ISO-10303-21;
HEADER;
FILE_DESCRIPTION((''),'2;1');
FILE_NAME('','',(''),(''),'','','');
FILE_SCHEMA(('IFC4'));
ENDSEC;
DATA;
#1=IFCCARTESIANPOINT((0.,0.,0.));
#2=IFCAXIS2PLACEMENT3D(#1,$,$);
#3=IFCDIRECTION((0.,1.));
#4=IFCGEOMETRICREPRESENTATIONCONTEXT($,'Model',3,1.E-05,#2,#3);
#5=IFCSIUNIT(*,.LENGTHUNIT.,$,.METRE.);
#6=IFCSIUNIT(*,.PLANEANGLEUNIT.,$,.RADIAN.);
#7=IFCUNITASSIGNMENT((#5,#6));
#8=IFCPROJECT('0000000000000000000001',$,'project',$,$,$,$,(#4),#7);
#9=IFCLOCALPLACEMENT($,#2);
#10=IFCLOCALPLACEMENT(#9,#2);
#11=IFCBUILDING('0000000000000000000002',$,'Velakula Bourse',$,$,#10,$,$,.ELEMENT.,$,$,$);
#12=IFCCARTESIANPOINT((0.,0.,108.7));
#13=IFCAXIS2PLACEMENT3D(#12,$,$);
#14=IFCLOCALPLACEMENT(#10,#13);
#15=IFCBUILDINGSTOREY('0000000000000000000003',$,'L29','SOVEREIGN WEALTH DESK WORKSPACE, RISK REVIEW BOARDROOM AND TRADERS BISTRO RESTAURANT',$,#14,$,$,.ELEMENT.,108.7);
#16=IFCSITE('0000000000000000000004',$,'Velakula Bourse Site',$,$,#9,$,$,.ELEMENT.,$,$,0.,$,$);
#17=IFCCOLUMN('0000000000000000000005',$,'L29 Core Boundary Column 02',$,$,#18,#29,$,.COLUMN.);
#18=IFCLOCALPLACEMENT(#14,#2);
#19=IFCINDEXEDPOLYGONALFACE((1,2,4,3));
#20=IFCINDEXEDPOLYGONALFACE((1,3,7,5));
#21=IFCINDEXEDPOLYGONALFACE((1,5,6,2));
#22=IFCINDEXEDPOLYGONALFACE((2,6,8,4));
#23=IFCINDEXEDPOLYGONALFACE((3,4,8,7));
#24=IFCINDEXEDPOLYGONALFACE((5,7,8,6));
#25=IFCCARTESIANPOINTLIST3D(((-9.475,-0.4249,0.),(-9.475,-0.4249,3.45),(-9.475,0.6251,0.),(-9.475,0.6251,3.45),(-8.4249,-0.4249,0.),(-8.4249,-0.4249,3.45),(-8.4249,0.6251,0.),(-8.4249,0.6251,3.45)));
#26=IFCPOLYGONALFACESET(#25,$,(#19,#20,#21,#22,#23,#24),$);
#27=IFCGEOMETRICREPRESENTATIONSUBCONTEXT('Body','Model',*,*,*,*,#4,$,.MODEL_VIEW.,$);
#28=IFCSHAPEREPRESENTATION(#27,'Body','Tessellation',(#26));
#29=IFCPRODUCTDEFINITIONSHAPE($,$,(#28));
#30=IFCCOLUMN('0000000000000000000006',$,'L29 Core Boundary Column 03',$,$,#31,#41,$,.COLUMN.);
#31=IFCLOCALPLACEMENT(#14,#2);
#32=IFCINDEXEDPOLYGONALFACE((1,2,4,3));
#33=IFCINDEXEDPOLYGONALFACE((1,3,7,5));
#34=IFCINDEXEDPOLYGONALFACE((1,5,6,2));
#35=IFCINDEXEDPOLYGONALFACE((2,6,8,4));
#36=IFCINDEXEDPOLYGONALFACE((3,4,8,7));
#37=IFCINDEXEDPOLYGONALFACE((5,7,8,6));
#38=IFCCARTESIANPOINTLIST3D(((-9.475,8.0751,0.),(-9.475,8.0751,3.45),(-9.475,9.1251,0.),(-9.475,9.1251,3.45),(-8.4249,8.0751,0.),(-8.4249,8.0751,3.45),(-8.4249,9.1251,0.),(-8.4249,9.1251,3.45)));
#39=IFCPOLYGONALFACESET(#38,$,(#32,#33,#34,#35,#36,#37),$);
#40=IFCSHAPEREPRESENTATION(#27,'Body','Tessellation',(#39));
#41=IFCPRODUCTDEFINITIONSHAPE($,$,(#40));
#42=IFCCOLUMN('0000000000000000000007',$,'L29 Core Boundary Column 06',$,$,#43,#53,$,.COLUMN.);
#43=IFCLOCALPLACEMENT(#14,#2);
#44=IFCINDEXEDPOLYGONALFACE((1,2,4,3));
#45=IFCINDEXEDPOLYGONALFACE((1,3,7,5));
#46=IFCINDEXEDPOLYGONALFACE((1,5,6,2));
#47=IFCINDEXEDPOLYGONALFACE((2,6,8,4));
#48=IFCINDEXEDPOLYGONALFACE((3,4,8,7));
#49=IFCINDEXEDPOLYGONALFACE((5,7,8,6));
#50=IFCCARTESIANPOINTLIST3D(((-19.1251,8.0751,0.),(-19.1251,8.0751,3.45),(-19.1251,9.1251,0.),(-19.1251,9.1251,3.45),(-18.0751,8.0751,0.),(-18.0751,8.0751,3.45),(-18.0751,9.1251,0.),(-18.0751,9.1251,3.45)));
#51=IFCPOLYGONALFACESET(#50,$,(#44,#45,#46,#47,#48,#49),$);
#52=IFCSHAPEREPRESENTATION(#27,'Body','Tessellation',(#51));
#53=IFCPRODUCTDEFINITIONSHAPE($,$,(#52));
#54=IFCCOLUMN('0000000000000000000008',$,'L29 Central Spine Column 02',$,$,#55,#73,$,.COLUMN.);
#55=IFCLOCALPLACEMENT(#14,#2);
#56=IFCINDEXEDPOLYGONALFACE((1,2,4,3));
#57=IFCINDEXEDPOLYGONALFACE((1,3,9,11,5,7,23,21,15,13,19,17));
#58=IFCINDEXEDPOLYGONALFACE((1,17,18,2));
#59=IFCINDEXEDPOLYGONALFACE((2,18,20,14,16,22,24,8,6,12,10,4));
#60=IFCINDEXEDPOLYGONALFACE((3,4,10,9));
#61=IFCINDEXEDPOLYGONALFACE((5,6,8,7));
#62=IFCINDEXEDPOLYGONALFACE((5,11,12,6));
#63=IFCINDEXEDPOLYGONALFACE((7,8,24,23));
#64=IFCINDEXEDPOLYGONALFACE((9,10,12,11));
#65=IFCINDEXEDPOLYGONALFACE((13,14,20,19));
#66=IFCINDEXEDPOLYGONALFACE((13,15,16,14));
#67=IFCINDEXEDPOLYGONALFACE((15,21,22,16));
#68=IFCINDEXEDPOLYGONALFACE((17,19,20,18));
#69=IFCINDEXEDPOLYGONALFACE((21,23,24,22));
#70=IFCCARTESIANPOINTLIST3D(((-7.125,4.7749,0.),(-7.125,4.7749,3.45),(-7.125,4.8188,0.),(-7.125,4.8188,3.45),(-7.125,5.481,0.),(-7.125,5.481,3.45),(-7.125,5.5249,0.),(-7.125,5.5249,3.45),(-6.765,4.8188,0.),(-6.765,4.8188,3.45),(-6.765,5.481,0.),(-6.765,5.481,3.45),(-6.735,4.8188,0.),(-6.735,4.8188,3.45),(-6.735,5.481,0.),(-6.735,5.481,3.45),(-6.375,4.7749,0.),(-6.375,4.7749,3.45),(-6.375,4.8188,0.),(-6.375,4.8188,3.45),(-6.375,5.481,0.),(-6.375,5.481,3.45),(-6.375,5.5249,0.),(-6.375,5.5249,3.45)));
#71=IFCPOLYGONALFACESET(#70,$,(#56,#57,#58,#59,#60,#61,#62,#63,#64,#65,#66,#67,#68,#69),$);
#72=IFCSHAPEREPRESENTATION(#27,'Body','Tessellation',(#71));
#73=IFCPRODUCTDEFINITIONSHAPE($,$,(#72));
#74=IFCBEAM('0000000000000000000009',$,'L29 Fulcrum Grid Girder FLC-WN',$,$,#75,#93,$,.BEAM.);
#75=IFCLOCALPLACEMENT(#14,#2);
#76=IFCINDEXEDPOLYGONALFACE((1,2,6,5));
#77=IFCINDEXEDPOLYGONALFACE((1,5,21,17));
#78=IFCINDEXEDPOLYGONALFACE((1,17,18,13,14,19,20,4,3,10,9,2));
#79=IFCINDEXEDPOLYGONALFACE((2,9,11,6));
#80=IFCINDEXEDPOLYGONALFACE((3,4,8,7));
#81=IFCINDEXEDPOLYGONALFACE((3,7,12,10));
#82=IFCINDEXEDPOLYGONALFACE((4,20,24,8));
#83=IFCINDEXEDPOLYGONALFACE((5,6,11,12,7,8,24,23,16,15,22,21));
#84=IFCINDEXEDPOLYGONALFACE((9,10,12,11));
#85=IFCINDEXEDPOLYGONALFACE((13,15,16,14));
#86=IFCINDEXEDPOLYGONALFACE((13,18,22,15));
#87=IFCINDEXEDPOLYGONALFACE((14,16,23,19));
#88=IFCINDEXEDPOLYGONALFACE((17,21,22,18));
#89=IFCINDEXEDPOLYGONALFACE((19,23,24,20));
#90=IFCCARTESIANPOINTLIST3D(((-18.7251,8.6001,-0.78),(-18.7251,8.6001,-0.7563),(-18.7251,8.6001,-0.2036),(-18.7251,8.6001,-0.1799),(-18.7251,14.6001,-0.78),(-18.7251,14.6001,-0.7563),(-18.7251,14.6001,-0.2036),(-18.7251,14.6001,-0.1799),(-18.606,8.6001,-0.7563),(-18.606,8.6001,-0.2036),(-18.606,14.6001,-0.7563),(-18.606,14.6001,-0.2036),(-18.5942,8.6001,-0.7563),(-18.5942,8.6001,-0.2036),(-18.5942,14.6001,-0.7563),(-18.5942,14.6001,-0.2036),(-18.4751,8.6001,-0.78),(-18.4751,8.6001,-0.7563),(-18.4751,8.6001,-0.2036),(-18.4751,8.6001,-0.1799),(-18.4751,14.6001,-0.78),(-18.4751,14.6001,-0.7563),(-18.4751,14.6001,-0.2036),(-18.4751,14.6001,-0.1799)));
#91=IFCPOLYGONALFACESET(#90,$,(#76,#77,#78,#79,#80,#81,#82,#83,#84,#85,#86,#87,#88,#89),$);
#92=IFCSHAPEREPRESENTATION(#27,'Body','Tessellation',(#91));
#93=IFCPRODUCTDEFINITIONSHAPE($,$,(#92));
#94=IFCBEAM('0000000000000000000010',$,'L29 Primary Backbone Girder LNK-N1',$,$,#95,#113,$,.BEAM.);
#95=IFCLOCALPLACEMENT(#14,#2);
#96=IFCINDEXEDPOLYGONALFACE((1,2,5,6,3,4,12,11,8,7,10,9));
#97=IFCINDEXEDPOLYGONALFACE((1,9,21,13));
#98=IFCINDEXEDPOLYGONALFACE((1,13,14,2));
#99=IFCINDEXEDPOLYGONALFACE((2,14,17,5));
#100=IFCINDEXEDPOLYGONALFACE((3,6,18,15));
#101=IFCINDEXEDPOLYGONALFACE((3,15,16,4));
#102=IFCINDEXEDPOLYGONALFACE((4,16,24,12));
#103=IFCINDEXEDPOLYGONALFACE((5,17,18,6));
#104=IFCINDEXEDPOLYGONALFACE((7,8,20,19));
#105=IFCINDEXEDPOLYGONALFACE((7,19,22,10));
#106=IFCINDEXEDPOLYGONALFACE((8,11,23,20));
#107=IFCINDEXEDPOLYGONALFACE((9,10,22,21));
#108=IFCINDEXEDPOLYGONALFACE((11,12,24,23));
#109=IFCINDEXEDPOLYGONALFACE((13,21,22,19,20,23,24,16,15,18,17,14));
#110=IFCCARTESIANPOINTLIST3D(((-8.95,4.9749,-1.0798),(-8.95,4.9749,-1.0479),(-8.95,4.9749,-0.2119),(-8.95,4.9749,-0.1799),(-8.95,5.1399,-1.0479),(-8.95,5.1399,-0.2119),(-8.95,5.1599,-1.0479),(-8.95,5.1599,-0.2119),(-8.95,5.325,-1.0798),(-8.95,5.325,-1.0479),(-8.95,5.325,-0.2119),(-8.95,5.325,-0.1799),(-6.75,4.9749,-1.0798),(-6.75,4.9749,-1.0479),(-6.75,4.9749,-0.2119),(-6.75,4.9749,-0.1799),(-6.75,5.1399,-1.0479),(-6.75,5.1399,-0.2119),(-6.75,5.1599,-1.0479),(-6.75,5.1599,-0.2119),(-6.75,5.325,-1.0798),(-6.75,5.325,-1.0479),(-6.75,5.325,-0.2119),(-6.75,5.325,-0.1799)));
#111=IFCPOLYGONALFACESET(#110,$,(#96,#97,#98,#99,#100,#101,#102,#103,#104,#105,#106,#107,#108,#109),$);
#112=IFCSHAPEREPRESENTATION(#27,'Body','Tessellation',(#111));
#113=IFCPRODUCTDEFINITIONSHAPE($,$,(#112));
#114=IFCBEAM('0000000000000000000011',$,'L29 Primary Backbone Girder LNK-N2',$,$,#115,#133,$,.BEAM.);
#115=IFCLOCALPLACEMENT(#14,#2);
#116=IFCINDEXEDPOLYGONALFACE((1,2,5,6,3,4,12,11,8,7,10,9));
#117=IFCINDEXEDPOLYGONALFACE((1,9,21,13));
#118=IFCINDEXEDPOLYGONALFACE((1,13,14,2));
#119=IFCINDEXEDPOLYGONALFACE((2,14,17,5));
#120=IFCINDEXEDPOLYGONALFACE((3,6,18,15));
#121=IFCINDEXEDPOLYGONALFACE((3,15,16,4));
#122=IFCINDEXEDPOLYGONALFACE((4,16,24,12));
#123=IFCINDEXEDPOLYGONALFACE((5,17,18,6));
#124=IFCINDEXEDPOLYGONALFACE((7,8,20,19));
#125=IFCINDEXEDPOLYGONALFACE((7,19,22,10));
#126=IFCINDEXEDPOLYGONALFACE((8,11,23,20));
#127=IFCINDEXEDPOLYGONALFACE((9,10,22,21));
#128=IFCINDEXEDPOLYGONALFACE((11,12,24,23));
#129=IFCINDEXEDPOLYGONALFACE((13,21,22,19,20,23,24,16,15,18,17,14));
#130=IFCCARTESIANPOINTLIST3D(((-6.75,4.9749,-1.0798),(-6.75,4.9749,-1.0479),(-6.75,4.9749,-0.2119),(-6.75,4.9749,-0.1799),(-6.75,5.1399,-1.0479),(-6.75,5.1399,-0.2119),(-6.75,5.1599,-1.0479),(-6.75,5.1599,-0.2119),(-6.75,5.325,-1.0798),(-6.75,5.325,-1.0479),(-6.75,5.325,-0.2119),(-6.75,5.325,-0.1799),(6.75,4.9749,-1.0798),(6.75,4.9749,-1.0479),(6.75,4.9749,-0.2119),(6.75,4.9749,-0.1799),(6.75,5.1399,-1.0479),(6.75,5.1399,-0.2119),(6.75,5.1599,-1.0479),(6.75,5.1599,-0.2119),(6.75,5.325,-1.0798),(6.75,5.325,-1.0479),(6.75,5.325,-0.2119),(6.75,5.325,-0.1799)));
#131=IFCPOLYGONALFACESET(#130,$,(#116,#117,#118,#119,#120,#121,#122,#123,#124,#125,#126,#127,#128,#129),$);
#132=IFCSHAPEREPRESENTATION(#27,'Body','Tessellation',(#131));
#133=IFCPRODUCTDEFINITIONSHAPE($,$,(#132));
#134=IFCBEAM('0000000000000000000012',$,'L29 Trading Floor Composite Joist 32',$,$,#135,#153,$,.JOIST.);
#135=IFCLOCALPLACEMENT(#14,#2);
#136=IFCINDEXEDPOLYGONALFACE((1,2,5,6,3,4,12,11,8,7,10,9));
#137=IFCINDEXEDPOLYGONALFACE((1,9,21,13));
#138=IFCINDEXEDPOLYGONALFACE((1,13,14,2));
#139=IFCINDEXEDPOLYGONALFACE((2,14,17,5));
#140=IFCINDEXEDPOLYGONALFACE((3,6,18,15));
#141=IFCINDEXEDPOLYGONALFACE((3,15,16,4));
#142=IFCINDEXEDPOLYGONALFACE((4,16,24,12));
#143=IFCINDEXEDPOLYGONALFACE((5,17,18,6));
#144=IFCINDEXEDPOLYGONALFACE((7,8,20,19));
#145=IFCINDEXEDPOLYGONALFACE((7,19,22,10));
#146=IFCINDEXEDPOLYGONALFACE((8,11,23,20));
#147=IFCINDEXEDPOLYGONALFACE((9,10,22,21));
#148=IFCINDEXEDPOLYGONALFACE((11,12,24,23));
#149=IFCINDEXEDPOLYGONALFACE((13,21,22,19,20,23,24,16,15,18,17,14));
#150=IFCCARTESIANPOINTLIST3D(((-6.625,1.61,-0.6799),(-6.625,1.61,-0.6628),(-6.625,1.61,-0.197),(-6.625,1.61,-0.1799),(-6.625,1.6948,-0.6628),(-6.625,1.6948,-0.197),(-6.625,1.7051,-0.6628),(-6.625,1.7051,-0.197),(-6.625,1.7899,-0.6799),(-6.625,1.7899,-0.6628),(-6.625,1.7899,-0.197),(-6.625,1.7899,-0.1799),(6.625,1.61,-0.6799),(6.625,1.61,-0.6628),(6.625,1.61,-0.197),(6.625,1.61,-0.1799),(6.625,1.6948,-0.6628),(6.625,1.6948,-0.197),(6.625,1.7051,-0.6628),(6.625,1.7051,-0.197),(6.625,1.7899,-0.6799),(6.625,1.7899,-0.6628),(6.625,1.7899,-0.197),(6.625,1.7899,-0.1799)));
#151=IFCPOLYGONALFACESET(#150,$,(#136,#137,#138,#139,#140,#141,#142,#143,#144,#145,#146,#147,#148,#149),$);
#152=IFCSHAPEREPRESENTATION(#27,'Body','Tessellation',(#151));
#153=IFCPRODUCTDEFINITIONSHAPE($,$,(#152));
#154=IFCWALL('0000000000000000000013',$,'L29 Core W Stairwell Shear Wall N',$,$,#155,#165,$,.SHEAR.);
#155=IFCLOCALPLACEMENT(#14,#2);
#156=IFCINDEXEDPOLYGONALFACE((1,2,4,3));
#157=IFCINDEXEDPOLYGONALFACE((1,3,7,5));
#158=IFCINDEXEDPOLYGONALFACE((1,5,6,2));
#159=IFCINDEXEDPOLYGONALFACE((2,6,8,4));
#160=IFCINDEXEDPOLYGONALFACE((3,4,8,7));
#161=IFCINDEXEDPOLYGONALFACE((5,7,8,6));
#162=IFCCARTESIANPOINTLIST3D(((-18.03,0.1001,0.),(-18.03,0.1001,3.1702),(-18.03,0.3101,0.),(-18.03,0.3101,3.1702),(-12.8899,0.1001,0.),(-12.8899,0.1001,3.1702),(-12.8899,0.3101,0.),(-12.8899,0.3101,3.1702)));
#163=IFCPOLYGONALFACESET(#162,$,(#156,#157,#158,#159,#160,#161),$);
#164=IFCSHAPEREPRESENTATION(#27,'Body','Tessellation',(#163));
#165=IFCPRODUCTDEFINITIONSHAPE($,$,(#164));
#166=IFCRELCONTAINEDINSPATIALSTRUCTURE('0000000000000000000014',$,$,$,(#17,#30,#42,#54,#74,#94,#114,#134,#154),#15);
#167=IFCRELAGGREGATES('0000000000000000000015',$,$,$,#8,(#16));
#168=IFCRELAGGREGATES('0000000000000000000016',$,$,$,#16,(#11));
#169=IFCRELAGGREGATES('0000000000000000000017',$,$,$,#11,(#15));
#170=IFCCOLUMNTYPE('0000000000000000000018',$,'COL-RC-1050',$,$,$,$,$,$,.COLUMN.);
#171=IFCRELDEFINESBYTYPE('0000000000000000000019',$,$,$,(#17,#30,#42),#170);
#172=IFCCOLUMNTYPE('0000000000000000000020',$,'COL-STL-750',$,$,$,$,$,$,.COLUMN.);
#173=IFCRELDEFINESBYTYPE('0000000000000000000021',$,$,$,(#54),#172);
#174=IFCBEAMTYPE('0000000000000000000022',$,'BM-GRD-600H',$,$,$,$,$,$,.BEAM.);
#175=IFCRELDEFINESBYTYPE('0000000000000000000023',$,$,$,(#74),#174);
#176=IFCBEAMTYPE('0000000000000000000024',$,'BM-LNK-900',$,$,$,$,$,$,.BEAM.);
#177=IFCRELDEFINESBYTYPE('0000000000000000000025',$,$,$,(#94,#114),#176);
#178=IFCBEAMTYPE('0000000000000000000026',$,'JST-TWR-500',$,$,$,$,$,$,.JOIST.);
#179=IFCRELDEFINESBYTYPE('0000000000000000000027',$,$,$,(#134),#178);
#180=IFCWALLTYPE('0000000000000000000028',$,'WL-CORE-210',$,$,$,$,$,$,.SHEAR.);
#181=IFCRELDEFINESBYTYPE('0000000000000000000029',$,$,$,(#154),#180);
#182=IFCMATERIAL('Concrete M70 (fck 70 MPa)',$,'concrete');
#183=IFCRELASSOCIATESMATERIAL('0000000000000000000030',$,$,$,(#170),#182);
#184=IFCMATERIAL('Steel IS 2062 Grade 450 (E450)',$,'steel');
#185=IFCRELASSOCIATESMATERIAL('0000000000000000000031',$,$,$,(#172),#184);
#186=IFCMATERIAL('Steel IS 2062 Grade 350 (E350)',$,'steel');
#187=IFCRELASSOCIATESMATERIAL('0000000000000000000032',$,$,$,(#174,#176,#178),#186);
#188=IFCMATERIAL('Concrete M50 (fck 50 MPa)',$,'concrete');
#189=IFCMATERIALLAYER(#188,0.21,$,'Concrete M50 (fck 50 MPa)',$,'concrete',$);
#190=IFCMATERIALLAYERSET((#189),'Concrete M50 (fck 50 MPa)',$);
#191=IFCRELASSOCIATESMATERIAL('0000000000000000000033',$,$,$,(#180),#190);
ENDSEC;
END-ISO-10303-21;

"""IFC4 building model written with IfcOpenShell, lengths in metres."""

from ifc_helpers import new_model, si_unit, direction, frame, frame_2d, origin, origin_2d, place, context, subcontext, project, spatial, rectangle, i_section, extrude, material, layer, layer_set, material_profile, profile_set, type_object, element, save


model = new_model("IFC4")

# Units and contexts
model_context = context("Model", 3, precision=1e-05, world=origin(), true_north=direction((0.0, 1.0)))
body_context = subcontext(model_context, "Body", "Model", "MODEL_VIEW")
ifc_project = project(units=[si_unit("LENGTHUNIT", "METRE"), si_unit("PLANEANGLEUNIT", "RADIAN")], contexts=[model_context])

# Site, building, storey
site_placement = place(None, origin())
site = spatial("IfcSite", under=ifc_project, at=site_placement, Name="Velakula Bourse Site", CompositionType="ELEMENT", RefElevation=0.0)
building_placement = place(site_placement, origin())
building = spatial("IfcBuilding", under=site, at=building_placement, Name="Velakula Bourse", CompositionType="ELEMENT")
storey_placement = place(building_placement, frame((0.0, 0.0, 108.7)))
storey = spatial("IfcBuildingStorey", under=building, at=storey_placement, Name="L29", Description="SOVEREIGN WEALTH DESK WORKSPACE, RISK REVIEW BOARDROOM AND TRADERS BISTRO RESTAURANT", CompositionType="ELEMENT", Elevation=108.7)

# Columns
ifc_material_1 = material(Name="Concrete M70 (fck 70 MPa)", Category="concrete")
ifc_material_profile_1 = material_profile(ifc_material_1, rectangle(XDim=1.05, YDim=1.05, at=origin_2d()), Name="Concrete M70 (fck 70 MPa)")
ifc_profile_set_1 = profile_set([ifc_material_profile_1], Name="Concrete M70 (fck 70 MPa)")
column_type_1 = type_object("IfcColumnType", Name="COL-RC-1050", PredefinedType="COLUMN", material=ifc_profile_set_1)
for number, where, z_axis, x_axis, name in (
    (1, (-8.95, 0.1001, 0.0), (0.0, 0.0, 1.0), (1.0, 0.0, 0.0), "L29 Core Boundary Column 02"),
    (2, (-8.95, 8.6001, 0.0), (0.0, 0.0, 1.0), (1.0, 0.0, 0.0), "L29 Core Boundary Column 03"),
    (3, (-18.6001, 8.6001, 0.0), (0.0, 0.0, 1.0), (1.0, 0.0, 0.0), "L29 Core Boundary Column 06"),
):
    element("IfcColumn", number, at=place(storey_placement, frame(where, z_axis=z_axis, x_axis=x_axis)), inside=storey, type_object=column_type_1, Name=name, PredefinedType="COLUMN", context=body_context, shape_type="SweptSolid", body=[
        extrude(rectangle(XDim=1.05, YDim=1.05, at=origin_2d()), origin(), (0.0, 0.0, 1.0), 3.45),
    ])
ifc_material_2 = material(Name="Steel IS 2062 Grade 450 (E450)", Category="steel")
ifc_material_profile_2 = material_profile(ifc_material_2, i_section(OverallWidth=0.75, OverallDepth=0.75, WebThickness=0.03, FlangeThickness=0.0439, at=origin_2d()), Name="Steel IS 2062 Grade 450 (E450)")
ifc_profile_set_2 = profile_set([ifc_material_profile_2], Name="Steel IS 2062 Grade 450 (E450)")
column_type_2 = type_object("IfcColumnType", Name="COL-STL-750", PredefinedType="COLUMN", material=ifc_profile_set_2)
column_placement = place(storey_placement, frame((-6.75, 5.1499, 0.0), z_axis=(0.0, 0.0, 1.0), x_axis=(1.0, 0.0, 0.0)))
element("IfcColumn", 4, at=column_placement, inside=storey, type_object=column_type_2, Name="L29 Central Spine Column 02", PredefinedType="COLUMN", context=body_context, shape_type="SweptSolid", body=[
    extrude(i_section(OverallWidth=0.75, OverallDepth=0.75, WebThickness=0.03, FlangeThickness=0.0439, at=origin_2d()), origin(), (0.0, 0.0, 1.0), 3.45),
])

# Beams
ifc_material_3 = material(Name="Steel IS 2062 Grade 350 (E350)", Category="steel")
ifc_material_profile_3 = material_profile(ifc_material_3, i_section(OverallWidth=0.25, OverallDepth=0.6001, WebThickness=0.0117, FlangeThickness=0.0237, at=origin_2d()), Name="Steel IS 2062 Grade 350 (E350)")
ifc_profile_set_3 = profile_set([ifc_material_profile_3], Name="Steel IS 2062 Grade 350 (E350)")
beam_type_1 = type_object("IfcBeamType", Name="BM-GRD-600H", PredefinedType="BEAM", material=ifc_profile_set_3)
beam_1_placement = place(storey_placement, frame((-18.6001, 8.6001, -0.48), z_axis=(0.0, 1.0, 0.0), x_axis=(-1.0, 0.0, 0.0)))
element("IfcBeam", 5, at=beam_1_placement, inside=storey, type_object=beam_type_1, Name="L29 Fulcrum Grid Girder FLC-WN", PredefinedType="BEAM", context=body_context, shape_type="SweptSolid", body=[
    extrude(i_section(OverallWidth=0.25, OverallDepth=0.6001, WebThickness=0.0117, FlangeThickness=0.0237, at=origin_2d()), origin(), (0.0, 0.0, 1.0), 6.0),
])
ifc_material_profile_4 = material_profile(ifc_material_3, i_section(OverallWidth=0.3501, OverallDepth=0.8999, WebThickness=0.02, FlangeThickness=0.032, at=origin_2d()), Name="Steel IS 2062 Grade 350 (E350)")
ifc_profile_set_4 = profile_set([ifc_material_profile_4], Name="Steel IS 2062 Grade 350 (E350)")
beam_type_2 = type_object("IfcBeamType", Name="BM-LNK-900", PredefinedType="BEAM", material=ifc_profile_set_4)
beam_2_placement = place(storey_placement, frame((-8.95, 5.1499, -0.6299), z_axis=(1.0, 0.0, 0.0), x_axis=(0.0, 1.0, 0.0)))
element("IfcBeam", 6, at=beam_2_placement, inside=storey, type_object=beam_type_2, Name="L29 Primary Backbone Girder LNK-N1", PredefinedType="BEAM", context=body_context, shape_type="SweptSolid", body=[
    extrude(i_section(OverallWidth=0.3501, OverallDepth=0.8999, WebThickness=0.02, FlangeThickness=0.032, at=origin_2d()), origin(), (0.0, 0.0, 1.0), 2.2),
])
beam_3_placement = place(storey_placement, frame((-6.75, 5.1499, -0.6299), z_axis=(1.0, 0.0, 0.0), x_axis=(0.0, 1.0, 0.0)))
element("IfcBeam", 7, at=beam_3_placement, inside=storey, type_object=beam_type_2, Name="L29 Primary Backbone Girder LNK-N2", PredefinedType="BEAM", context=body_context, shape_type="SweptSolid", body=[
    extrude(i_section(OverallWidth=0.3501, OverallDepth=0.8999, WebThickness=0.02, FlangeThickness=0.032, at=origin_2d()), origin(), (0.0, 0.0, 1.0), 13.5),
])
ifc_material_profile_5 = material_profile(ifc_material_3, i_section(OverallWidth=0.1799, OverallDepth=0.5, WebThickness=0.0103, FlangeThickness=0.0171, at=origin_2d()), Name="Steel IS 2062 Grade 350 (E350)")
ifc_profile_set_5 = profile_set([ifc_material_profile_5], Name="Steel IS 2062 Grade 350 (E350)")
beam_type_3 = type_object("IfcBeamType", Name="JST-TWR-500", PredefinedType="JOIST", material=ifc_profile_set_5)
beam_4_placement = place(storey_placement, frame((-6.625, 1.7, -0.4299), z_axis=(1.0, 0.0, 0.0), x_axis=(0.0, 1.0, 0.0)))
element("IfcBeam", 8, at=beam_4_placement, inside=storey, type_object=beam_type_3, Name="L29 Trading Floor Composite Joist 32", PredefinedType="JOIST", context=body_context, shape_type="SweptSolid", body=[
    extrude(i_section(OverallWidth=0.1799, OverallDepth=0.5, WebThickness=0.0103, FlangeThickness=0.0171, at=origin_2d()), origin(), (0.0, 0.0, 1.0), 13.25),
])

# Wall
ifc_material_4 = material(Name="Concrete M50 (fck 50 MPa)", Category="concrete")
ifc_layer_1 = layer(ifc_material_4, 0.21, Name="Concrete M50 (fck 50 MPa)", Category="concrete")
ifc_layer_set_1 = layer_set([ifc_layer_1], Name="Concrete M50 (fck 50 MPa)")
wall_type_1 = type_object("IfcWallType", Name="WL-CORE-210", PredefinedType="SHEAR", material=ifc_layer_set_1)
wall_1_placement = place(storey_placement, frame((-12.8899, 0.2051, 0.0), z_axis=(0.0, 0.0, 1.0), x_axis=(-1.0, 0.0, 0.0)))
element("IfcWall", 9, at=wall_1_placement, inside=storey, type_object=wall_type_1, Name="L29 Core W Stairwell Shear Wall N", PredefinedType="SHEAR", context=body_context, shape_type="SweptSolid", body=[
    extrude(rectangle(XDim=5.1401, YDim=0.21, at=frame_2d((2.5701, 0.0))), origin(), (0.0, 0.0, 1.0), 3.1702),
])

save(model, "model.ifc")
